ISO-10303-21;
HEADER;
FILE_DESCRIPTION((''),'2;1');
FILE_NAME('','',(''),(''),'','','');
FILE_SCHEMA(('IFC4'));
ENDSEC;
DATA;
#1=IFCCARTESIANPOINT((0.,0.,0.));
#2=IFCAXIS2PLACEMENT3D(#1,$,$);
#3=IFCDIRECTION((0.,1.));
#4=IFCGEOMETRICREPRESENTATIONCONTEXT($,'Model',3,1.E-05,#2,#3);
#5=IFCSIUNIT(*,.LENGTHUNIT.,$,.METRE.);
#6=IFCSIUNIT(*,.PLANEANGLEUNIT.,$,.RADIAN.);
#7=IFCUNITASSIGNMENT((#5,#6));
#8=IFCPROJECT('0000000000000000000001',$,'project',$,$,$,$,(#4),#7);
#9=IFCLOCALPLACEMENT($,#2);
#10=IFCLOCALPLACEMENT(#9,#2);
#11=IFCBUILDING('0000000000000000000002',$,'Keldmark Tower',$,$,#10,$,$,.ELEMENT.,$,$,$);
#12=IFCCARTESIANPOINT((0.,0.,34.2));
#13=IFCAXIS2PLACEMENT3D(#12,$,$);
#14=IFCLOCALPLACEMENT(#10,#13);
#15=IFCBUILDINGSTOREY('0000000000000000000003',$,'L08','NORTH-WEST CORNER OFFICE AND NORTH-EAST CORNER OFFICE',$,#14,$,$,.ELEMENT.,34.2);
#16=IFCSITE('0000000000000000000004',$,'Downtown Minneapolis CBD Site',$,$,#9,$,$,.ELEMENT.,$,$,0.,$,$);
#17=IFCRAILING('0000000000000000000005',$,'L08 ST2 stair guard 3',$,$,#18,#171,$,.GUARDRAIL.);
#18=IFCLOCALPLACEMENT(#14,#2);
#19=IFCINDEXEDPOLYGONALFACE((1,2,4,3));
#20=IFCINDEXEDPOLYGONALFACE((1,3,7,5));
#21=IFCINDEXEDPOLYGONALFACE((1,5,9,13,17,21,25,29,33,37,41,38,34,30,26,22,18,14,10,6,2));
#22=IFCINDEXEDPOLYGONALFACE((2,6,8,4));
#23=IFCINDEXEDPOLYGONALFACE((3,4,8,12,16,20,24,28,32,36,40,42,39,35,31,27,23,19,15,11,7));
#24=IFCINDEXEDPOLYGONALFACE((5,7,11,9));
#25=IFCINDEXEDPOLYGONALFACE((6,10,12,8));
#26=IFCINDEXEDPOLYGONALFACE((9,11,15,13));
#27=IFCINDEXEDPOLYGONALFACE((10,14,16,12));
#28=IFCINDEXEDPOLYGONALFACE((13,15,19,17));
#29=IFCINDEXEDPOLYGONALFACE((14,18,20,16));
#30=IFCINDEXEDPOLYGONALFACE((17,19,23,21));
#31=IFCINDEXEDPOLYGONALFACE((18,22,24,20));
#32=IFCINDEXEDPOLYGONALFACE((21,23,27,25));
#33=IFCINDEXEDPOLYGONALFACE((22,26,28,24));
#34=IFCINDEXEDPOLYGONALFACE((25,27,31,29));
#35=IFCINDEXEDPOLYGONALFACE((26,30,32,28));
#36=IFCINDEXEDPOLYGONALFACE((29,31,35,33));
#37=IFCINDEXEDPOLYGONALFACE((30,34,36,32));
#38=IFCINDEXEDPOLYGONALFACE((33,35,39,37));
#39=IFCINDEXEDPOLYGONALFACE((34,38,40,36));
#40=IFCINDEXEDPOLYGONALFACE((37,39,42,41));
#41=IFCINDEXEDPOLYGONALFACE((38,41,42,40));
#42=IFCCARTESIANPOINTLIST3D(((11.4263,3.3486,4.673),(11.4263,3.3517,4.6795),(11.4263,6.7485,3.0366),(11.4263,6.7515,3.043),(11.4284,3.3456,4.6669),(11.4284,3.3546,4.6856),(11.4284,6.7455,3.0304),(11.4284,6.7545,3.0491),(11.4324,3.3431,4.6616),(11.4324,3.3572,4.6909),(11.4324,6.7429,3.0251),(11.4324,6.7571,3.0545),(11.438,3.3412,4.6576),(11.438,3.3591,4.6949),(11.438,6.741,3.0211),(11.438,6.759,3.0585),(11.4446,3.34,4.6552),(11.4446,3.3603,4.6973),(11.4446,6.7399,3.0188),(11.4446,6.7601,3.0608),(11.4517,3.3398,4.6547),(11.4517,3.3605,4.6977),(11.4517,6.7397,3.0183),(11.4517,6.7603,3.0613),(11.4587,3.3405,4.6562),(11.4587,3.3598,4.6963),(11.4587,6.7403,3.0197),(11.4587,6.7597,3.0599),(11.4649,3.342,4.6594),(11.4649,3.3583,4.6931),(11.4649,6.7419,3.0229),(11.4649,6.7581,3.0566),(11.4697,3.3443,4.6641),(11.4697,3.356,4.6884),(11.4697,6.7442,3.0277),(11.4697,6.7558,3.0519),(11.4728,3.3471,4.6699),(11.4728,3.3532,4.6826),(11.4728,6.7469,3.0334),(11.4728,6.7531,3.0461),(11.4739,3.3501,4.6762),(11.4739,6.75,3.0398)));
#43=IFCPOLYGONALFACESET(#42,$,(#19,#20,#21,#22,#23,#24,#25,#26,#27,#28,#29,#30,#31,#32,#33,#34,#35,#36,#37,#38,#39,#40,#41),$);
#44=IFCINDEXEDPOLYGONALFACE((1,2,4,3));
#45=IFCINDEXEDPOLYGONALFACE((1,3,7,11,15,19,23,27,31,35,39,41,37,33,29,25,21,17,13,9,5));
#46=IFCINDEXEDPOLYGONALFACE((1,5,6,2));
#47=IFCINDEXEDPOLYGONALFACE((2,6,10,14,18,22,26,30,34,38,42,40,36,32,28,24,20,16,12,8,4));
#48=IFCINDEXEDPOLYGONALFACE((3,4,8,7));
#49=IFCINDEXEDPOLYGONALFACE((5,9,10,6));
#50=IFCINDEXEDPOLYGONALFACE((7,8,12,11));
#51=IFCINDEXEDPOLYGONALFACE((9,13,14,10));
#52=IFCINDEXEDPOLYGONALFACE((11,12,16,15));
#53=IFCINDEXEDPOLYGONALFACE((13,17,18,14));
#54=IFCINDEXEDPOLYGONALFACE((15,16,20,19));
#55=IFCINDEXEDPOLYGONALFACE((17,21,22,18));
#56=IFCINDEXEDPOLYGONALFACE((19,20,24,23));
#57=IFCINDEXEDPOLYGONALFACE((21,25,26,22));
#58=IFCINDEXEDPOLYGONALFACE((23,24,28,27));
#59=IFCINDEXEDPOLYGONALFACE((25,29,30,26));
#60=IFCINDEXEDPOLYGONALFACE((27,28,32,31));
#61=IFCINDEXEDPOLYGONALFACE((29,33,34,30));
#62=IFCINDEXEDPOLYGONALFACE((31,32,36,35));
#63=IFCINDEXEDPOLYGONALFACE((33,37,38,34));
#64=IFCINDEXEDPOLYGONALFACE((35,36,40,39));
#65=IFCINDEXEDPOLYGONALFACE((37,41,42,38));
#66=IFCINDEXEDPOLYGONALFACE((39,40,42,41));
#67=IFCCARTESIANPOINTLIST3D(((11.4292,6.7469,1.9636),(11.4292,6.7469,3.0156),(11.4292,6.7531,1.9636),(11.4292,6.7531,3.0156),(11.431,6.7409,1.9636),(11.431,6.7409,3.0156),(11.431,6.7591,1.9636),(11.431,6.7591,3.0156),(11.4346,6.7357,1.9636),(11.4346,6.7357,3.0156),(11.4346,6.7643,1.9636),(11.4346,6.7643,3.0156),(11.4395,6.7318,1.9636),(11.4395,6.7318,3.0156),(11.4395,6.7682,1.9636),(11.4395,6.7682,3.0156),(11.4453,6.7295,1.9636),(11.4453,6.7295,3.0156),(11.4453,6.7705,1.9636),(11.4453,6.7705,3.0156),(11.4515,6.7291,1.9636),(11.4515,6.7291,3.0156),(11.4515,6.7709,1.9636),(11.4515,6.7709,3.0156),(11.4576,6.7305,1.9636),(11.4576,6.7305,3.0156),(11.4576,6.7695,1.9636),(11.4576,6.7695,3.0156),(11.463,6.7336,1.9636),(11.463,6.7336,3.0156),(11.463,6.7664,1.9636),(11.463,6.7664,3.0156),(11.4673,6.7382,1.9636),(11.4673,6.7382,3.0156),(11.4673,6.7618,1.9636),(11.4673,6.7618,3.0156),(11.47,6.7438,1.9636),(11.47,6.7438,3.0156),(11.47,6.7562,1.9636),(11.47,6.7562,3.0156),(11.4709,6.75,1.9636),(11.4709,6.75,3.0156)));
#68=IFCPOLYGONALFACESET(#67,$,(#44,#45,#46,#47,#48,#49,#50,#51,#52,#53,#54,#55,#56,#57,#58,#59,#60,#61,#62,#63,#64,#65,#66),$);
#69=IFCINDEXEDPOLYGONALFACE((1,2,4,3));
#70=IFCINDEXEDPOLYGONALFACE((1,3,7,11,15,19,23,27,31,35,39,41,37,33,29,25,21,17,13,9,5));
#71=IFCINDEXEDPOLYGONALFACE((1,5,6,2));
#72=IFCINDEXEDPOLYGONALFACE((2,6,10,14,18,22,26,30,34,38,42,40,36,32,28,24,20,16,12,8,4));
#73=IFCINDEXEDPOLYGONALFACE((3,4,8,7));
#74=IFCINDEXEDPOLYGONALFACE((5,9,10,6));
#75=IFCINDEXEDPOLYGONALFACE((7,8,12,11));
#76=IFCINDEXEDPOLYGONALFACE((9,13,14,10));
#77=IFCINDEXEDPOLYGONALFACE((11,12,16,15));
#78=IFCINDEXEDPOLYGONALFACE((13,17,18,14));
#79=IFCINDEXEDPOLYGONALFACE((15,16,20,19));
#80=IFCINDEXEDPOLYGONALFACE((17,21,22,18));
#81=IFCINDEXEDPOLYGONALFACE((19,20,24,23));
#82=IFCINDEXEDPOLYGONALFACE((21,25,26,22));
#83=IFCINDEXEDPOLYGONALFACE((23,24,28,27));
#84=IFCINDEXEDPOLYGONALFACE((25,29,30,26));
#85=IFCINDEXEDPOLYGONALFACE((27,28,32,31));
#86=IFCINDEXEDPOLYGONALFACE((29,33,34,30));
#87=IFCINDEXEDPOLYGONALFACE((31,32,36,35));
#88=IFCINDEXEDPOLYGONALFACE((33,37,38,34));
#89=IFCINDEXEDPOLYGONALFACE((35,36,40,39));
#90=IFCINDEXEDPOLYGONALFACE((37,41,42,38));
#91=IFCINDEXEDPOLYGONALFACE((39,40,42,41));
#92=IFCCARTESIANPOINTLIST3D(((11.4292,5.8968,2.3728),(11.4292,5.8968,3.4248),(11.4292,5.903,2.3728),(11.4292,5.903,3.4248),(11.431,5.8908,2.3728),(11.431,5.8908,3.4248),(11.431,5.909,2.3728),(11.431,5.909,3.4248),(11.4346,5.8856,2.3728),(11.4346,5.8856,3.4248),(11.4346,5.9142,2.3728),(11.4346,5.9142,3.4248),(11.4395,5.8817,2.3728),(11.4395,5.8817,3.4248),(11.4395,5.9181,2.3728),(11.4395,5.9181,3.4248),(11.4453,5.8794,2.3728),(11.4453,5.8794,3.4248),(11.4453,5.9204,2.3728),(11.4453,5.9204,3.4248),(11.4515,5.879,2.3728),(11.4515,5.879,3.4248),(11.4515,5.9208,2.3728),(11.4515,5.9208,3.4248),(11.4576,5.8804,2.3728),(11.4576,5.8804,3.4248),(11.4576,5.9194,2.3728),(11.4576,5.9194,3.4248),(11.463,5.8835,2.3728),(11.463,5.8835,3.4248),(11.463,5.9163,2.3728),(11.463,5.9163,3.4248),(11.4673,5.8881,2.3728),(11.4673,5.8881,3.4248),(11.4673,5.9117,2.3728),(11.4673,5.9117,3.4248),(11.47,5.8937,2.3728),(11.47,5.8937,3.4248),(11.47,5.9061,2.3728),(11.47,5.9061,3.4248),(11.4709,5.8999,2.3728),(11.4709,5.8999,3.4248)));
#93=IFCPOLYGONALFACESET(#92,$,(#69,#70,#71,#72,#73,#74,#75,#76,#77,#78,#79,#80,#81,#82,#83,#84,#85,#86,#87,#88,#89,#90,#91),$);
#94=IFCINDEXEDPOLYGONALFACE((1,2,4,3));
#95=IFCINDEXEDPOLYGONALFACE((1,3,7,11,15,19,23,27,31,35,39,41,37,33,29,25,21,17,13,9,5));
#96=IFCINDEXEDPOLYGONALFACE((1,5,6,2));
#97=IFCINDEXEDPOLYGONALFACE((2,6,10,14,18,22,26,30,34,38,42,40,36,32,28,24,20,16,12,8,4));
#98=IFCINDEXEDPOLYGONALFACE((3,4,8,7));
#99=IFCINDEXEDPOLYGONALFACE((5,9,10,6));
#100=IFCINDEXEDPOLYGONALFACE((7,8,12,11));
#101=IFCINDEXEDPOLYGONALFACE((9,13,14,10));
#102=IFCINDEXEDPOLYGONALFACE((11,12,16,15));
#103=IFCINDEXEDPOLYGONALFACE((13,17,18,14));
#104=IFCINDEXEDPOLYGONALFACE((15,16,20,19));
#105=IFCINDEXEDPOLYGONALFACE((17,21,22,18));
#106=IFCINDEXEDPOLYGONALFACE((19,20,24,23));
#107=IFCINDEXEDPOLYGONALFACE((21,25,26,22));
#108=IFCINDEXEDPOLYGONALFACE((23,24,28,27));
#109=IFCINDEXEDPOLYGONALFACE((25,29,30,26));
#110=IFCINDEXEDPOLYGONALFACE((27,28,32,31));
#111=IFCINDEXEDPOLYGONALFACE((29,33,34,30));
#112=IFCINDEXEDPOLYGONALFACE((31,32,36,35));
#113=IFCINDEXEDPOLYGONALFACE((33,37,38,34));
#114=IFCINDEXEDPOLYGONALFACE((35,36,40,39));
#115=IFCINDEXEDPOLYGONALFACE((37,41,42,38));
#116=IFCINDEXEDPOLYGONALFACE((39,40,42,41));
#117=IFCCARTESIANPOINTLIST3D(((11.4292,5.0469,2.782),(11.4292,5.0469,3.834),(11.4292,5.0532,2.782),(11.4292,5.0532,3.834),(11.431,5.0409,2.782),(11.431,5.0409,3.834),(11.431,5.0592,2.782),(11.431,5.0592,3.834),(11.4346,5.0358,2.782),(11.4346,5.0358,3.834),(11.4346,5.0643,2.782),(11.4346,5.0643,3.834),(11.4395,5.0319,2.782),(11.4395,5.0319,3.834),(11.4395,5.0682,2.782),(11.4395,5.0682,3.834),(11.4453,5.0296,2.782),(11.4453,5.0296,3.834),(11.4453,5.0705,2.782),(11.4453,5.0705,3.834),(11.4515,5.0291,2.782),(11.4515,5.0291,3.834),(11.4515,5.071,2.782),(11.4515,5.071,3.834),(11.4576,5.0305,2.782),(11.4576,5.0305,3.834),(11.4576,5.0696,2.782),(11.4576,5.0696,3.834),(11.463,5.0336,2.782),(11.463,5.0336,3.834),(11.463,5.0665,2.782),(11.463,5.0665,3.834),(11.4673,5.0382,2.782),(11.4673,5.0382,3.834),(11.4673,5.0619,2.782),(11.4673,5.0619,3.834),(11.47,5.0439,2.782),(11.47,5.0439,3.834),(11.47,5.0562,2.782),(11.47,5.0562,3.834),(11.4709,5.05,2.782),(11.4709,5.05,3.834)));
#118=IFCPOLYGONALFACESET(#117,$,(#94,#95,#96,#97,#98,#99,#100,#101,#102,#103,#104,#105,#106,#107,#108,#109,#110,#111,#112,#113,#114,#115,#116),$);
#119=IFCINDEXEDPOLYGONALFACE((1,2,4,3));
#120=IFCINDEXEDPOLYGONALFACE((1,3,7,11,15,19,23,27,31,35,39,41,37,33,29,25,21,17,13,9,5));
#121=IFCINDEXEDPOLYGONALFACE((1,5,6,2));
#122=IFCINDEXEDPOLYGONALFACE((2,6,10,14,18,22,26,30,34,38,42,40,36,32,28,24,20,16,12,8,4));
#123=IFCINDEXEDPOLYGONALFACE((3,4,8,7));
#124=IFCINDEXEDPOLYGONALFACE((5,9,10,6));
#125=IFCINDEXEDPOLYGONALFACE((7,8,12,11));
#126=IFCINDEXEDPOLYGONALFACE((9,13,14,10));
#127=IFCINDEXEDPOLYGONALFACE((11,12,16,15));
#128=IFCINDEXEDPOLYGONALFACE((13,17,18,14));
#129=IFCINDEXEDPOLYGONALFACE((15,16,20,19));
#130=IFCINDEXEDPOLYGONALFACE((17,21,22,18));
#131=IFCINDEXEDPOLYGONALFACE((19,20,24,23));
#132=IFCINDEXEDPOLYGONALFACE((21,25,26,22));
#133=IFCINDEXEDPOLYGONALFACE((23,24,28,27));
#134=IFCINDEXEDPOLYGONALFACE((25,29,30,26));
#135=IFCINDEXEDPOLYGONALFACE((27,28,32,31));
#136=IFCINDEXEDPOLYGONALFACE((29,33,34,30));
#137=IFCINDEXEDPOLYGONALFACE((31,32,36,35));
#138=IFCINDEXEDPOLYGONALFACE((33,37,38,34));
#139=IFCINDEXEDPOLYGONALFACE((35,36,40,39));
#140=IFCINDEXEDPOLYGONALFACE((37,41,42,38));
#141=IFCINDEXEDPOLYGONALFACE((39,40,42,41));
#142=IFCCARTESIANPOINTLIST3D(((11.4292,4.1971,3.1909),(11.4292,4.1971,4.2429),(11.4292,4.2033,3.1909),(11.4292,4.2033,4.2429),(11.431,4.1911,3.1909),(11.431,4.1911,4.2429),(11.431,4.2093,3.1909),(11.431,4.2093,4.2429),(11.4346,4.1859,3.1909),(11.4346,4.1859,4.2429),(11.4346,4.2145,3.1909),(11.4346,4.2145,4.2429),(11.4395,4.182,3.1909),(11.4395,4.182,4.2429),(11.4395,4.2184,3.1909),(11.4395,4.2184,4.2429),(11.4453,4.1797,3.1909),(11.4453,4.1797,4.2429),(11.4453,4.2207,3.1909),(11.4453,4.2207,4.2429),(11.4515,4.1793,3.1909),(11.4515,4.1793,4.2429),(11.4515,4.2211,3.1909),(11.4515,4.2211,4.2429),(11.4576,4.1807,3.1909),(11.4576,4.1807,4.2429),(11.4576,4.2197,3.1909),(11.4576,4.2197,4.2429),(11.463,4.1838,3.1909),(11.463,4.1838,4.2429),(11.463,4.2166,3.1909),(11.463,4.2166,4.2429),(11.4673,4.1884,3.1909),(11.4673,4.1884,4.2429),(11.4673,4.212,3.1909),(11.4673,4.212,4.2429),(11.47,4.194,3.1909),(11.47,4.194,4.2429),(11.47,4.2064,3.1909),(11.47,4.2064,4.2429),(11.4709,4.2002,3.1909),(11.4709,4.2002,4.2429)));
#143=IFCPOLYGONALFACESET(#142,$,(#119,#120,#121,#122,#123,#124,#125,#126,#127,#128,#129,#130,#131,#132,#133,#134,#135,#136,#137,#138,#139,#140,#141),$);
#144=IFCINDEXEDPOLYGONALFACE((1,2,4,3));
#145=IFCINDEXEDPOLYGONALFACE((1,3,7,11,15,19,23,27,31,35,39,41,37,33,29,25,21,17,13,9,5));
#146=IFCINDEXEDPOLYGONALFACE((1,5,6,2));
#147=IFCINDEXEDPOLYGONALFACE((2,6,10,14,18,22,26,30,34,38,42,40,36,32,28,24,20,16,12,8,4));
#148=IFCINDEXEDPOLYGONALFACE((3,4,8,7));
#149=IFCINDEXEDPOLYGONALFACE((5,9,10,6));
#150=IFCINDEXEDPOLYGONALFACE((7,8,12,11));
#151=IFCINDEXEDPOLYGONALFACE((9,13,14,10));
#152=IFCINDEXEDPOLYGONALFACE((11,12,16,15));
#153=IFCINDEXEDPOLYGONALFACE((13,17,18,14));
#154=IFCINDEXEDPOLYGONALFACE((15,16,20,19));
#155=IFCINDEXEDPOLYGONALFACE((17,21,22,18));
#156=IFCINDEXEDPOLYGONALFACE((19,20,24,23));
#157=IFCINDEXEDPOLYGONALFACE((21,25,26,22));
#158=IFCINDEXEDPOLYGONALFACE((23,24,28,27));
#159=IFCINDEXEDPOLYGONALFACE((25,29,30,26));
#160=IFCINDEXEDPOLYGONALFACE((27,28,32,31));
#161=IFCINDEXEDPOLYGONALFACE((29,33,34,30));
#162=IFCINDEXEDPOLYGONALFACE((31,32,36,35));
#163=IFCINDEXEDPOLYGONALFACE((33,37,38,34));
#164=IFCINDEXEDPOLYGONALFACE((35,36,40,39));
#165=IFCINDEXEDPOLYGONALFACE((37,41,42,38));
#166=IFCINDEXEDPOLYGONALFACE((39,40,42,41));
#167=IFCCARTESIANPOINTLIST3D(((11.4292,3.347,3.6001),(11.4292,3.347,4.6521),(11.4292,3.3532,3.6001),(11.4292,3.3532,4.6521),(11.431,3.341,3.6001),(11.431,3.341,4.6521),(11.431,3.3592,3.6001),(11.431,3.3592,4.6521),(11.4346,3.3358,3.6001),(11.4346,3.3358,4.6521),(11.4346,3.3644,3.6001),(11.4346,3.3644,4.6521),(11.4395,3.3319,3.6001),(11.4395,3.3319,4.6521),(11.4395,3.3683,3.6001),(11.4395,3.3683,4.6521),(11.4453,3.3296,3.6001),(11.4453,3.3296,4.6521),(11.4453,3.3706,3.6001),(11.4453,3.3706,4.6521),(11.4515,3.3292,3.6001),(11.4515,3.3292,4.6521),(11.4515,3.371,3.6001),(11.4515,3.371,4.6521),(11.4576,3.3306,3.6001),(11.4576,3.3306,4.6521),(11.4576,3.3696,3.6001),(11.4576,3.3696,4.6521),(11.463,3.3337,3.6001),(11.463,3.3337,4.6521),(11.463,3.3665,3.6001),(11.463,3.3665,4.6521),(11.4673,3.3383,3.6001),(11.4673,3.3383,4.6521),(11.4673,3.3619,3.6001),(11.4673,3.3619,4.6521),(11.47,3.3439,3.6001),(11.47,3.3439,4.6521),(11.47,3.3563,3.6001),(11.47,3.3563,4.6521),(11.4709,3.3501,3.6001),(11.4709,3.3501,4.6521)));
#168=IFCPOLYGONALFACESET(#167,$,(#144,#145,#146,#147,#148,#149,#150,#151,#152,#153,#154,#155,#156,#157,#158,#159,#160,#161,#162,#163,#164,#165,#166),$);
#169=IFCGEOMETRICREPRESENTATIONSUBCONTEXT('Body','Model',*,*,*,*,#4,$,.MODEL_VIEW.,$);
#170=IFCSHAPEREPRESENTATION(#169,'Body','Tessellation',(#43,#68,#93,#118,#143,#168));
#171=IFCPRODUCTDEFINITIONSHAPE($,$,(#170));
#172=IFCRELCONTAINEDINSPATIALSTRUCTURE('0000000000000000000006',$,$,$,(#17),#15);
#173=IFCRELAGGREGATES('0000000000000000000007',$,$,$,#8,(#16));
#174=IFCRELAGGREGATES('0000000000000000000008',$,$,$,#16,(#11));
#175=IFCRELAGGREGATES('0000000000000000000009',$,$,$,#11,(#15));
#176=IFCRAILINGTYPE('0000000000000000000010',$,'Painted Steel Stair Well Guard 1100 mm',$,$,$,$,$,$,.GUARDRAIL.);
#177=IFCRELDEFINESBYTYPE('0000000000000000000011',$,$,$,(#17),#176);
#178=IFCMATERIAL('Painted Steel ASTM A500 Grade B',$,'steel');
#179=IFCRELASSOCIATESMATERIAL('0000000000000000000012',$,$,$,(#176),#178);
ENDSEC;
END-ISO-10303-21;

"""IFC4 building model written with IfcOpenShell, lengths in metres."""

from ifc_helpers import new_model, si_unit, direction, frame, origin, origin_2d, place, context, subcontext, project, spatial, circle, extrude, material, type_object, element, save


model = new_model("IFC4")

# Units and contexts
model_context = context("Model", 3, precision=1e-05, world=origin(), true_north=direction((0.0, 1.0)))
body_context = subcontext(model_context, "Body", "Model", "MODEL_VIEW")
ifc_project = project(units=[si_unit("LENGTHUNIT", "METRE"), si_unit("PLANEANGLEUNIT", "RADIAN")], contexts=[model_context])

# Site, building, storey
site_placement = place(None, origin())
site = spatial("IfcSite", under=ifc_project, at=site_placement, Name="Downtown Minneapolis CBD Site", CompositionType="ELEMENT", RefElevation=0.0)
building_placement = place(site_placement, origin())
building = spatial("IfcBuilding", under=site, at=building_placement, Name="Keldmark Tower", CompositionType="ELEMENT")
storey_placement = place(building_placement, frame((0.0, 0.0, 34.2)))
storey = spatial("IfcBuildingStorey", under=building, at=storey_placement, Name="L08", Description="NORTH-WEST CORNER OFFICE AND NORTH-EAST CORNER OFFICE", CompositionType="ELEMENT", Elevation=34.2)

# Railing
ifc_material_1 = material(Name="Painted Steel ASTM A500 Grade B", Category="steel")
railing_type_1 = type_object("IfcRailingType", Name="Painted Steel Stair Well Guard 1100 mm", PredefinedType="GUARDRAIL", material=ifc_material_1)
railing_1_placement = place(storey_placement, frame((11.45, 6.75, 1.9636)))
element("IfcRailing", 1, at=railing_1_placement, inside=storey, type_object=railing_type_1, Name="L08 ST2 stair guard 3", PredefinedType="GUARDRAIL", context=body_context, shape_type="SweptSolid", body=[
    extrude(circle(Radius=0.0239, at=origin_2d()), frame((0.0, 0.0, 1.0762), z_axis=(0.0, -0.901055, 0.433705), x_axis=(1.0, 0.0, 0.0)), (0.0, 0.0, 1.0), 3.7732),
    extrude(circle(Radius=0.021, at=origin_2d()), origin(), (0.0, 0.0, 1.0), 1.052),
    extrude(circle(Radius=0.021, at=origin_2d()), frame((0.0, -0.8501, 0.4092)), (0.0, 0.0, 1.0), 1.052),
    extrude(circle(Radius=0.021, at=origin_2d()), frame((0.0, -1.7, 0.8184)), (0.0, 0.0, 1.0), 1.052),
    extrude(circle(Radius=0.021, at=origin_2d()), frame((0.0, -2.5498, 1.2273)), (0.0, 0.0, 1.0), 1.052),
    extrude(circle(Radius=0.021, at=origin_2d()), frame((0.0, -3.3999, 1.6365)), (0.0, 0.0, 1.0), 1.052),
])

save(model, "model.ifc")
